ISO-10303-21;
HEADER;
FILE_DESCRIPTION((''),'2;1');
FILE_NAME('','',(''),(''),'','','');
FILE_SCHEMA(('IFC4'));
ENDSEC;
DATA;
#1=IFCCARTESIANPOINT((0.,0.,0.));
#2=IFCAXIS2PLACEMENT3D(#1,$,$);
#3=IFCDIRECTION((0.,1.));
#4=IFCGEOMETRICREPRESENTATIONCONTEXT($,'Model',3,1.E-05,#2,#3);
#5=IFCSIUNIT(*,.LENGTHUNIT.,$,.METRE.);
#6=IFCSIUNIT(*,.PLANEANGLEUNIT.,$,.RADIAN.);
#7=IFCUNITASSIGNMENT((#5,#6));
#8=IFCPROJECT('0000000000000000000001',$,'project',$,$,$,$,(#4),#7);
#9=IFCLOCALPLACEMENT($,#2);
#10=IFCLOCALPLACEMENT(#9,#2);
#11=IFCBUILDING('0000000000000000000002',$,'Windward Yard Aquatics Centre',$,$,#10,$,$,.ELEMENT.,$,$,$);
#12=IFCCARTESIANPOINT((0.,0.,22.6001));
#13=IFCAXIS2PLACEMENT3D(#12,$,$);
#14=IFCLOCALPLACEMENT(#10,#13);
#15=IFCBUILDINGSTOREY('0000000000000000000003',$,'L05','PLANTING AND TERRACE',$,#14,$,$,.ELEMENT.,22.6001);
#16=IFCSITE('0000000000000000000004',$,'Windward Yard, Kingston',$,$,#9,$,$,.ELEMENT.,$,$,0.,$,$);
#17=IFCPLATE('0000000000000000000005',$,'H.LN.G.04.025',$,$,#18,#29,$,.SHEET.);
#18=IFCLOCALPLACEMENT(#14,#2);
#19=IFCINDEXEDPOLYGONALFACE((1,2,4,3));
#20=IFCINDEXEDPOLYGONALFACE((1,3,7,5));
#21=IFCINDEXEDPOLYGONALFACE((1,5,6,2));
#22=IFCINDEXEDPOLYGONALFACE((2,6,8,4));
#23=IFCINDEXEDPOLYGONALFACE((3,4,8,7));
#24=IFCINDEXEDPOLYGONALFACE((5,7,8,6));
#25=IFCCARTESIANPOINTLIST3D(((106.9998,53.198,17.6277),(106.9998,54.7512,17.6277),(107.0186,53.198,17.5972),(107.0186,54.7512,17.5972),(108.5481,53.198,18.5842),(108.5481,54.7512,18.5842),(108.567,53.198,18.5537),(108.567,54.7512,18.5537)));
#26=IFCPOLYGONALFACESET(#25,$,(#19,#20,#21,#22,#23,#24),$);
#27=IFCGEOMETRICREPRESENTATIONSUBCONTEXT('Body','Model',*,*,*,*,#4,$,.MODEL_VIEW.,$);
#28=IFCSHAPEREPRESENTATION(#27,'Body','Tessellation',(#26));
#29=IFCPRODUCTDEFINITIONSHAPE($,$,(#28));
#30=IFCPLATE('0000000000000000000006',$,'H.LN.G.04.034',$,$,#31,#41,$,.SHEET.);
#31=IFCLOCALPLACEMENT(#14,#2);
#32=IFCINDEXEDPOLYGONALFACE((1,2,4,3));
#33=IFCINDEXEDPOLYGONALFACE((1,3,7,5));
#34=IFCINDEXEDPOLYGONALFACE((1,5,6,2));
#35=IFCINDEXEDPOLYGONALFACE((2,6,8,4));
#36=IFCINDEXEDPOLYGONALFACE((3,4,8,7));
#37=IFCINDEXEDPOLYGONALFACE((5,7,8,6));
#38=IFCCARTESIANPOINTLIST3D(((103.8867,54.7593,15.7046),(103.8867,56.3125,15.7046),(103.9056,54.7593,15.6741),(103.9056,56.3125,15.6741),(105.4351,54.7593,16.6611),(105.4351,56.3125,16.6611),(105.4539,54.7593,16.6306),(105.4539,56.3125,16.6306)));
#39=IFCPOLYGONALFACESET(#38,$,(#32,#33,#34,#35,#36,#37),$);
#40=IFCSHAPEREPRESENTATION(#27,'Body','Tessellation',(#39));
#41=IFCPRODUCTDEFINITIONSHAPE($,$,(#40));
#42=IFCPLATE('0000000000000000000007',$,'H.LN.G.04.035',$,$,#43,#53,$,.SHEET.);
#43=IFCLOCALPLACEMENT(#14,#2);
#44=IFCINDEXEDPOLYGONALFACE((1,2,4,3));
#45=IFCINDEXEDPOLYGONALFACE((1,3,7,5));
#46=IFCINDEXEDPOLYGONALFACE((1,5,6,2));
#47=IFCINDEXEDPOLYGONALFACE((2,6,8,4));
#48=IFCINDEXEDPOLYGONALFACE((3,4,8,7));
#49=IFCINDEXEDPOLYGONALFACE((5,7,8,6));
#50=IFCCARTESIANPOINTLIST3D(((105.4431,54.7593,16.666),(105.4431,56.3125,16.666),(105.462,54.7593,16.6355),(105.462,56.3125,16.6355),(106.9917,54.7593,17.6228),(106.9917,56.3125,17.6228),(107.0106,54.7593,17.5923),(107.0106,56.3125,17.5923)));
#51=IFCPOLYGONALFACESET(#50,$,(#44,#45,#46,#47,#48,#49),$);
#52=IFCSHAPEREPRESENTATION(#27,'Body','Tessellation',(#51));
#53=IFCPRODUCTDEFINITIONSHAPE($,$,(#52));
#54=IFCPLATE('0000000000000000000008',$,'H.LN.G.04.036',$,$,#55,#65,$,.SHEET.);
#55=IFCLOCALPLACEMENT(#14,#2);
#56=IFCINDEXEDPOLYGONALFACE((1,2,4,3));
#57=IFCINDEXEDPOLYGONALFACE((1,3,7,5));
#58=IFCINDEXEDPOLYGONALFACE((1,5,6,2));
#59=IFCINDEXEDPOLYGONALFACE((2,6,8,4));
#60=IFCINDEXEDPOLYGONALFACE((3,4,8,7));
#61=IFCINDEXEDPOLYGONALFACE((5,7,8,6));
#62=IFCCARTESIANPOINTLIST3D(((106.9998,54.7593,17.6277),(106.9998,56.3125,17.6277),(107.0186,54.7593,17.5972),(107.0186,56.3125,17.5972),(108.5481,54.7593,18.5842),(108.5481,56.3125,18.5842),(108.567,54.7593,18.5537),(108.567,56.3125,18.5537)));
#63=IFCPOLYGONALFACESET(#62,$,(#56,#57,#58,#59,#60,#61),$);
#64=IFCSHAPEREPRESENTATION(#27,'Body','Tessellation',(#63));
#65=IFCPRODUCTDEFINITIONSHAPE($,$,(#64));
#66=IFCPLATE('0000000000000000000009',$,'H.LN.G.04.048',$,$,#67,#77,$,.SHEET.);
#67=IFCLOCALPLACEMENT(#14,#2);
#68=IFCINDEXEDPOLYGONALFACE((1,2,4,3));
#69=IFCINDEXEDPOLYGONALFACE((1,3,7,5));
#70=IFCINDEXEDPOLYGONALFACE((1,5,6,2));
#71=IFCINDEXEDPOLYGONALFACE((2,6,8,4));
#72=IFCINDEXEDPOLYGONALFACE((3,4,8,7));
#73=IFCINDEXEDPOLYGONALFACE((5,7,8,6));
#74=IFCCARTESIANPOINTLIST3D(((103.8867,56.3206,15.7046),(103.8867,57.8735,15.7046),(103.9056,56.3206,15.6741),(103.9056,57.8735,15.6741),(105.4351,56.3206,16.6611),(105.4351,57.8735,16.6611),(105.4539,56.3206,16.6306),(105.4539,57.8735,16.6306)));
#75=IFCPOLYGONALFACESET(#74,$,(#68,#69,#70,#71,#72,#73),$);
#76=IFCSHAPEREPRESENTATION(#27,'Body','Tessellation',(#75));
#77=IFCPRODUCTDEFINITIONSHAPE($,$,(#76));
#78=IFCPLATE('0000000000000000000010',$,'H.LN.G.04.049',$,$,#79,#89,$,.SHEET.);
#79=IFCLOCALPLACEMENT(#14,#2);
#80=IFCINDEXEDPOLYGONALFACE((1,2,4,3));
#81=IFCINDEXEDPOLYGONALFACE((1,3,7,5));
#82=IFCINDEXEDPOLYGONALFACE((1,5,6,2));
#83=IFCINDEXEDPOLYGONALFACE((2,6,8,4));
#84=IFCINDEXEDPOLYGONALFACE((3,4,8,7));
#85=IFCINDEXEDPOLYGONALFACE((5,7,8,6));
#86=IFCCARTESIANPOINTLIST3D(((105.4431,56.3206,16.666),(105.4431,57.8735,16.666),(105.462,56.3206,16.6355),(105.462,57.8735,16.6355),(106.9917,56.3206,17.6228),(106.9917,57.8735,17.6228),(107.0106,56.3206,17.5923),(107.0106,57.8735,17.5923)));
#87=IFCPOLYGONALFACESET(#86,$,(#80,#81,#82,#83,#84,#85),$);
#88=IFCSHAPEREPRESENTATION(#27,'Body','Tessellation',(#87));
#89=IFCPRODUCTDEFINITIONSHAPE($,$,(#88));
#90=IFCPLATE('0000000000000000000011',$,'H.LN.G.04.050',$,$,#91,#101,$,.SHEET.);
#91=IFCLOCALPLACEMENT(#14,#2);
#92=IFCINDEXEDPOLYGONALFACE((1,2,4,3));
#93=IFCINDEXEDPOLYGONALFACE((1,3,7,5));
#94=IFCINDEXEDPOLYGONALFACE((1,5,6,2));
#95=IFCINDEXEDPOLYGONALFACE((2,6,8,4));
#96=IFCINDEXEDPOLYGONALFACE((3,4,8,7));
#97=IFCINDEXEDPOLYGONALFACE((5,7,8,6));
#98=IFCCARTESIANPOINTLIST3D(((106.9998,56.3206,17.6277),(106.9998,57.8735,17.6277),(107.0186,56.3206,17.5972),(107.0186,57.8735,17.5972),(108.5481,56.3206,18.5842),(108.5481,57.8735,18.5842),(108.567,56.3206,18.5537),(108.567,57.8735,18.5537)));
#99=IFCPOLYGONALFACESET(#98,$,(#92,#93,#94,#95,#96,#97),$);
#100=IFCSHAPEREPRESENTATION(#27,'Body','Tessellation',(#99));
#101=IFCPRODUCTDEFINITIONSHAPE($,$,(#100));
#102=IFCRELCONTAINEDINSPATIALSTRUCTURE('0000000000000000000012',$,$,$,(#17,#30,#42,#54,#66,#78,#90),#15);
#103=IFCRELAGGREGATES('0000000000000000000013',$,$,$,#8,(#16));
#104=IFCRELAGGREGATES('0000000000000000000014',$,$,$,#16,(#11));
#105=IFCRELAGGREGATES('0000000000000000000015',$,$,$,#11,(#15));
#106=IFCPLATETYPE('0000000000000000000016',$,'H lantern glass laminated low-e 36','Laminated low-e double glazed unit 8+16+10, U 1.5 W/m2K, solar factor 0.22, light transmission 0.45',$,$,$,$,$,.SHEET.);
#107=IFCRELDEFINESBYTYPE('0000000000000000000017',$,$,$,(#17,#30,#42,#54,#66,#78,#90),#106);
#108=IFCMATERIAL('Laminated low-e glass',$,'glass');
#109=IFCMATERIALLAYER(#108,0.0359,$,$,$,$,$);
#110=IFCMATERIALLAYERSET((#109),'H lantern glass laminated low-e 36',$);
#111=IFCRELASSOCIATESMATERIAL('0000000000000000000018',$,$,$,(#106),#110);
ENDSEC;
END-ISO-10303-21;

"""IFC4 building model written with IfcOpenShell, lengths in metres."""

from ifc_helpers import new_model, si_unit, direction, frame, origin, place, context, subcontext, project, spatial, polyline, outline, extrude, material, layer, layer_set, type_object, element, save


model = new_model("IFC4")

# Units and contexts
model_context = context("Model", 3, precision=1e-05, world=origin(), true_north=direction((0.0, 1.0)))
body_context = subcontext(model_context, "Body", "Model", "MODEL_VIEW")
ifc_project = project(units=[si_unit("LENGTHUNIT", "METRE"), si_unit("PLANEANGLEUNIT", "RADIAN")], contexts=[model_context])

# Site, building, storey
site_placement = place(None, origin())
site = spatial("IfcSite", under=ifc_project, at=site_placement, Name="Windward Yard, Kingston", CompositionType="ELEMENT", RefElevation=0.0)
building_placement = place(site_placement, origin())
building = spatial("IfcBuilding", under=site, at=building_placement, Name="Windward Yard Aquatics Centre", CompositionType="ELEMENT")
storey_placement = place(building_placement, frame((0.0, 0.0, 22.6001)))
storey = spatial("IfcBuildingStorey", under=building, at=storey_placement, Name="L05", Description="PLANTING AND TERRACE", CompositionType="ELEMENT", Elevation=22.6001)

# Plates
ifc_material_1 = material(Name="Laminated low-e glass", Category="glass")
ifc_layer = layer(ifc_material_1, 0.0359)
ifc_layer_set = layer_set([ifc_layer], Name="H lantern glass laminated low-e 36")
plate_type = type_object("IfcPlateType", Name="H lantern glass laminated low-e 36", Description="Laminated low-e double glazed unit 8+16+10, U 1.5 W/m2K, solar factor 0.22, light transmission 0.45", PredefinedType="SHEET", material=ifc_layer_set)
for number, where, z_axis, x_axis, name in (
    (1, (106.9998, 53.198, 17.6277), (-0.525579, 0.0, 0.850745), (0.0, 1.0, 0.0), "H.LN.G.04.025"),
    (2, (103.8867, 54.7593, 15.7046), (-0.525579, 0.0, 0.850745), (0.0, 1.0, 0.0), "H.LN.G.04.034"),
):
    element("IfcPlate", number, at=place(storey_placement, frame(where, z_axis=z_axis, x_axis=x_axis)), inside=storey, type_object=plate_type, Name=name, PredefinedType="SHEET", context=body_context, shape_type="SweptSolid", body=[
        extrude(outline(polyline([(0.0, 0.0), (1.5532, 0.0), (1.5532, -1.82), (0.0, -1.82), (0.0, 0.0)])), origin(), (0.0, 0.0, -1.0), 0.0359),
    ])
plate_1_placement = place(storey_placement, frame((105.4431, 54.7593, 16.666), z_axis=(-0.525616, 0.0, 0.850722), x_axis=(0.0, 1.0, 0.0)))
element("IfcPlate", 3, at=plate_1_placement, inside=storey, type_object=plate_type, Name="H.LN.G.04.035", PredefinedType="SHEET", context=body_context, shape_type="SweptSolid", body=[
    extrude(outline(polyline([(0.0, 0.0), (1.5532, 0.0), (1.5532, -1.8203), (0.0, -1.8203), (0.0, 0.0)])), origin(), (0.0, 0.0, -1.0), 0.0359),
])
plate_2_placement = place(storey_placement, frame((106.9998, 54.7593, 17.6277), z_axis=(-0.525579, 0.0, 0.850745), x_axis=(0.0, 1.0, 0.0)))
element("IfcPlate", 4, at=plate_2_placement, inside=storey, type_object=plate_type, Name="H.LN.G.04.036", PredefinedType="SHEET", context=body_context, shape_type="SweptSolid", body=[
    extrude(outline(polyline([(0.0, 0.0), (1.5532, 0.0), (1.5532, -1.82), (0.0, -1.82), (0.0, 0.0)])), origin(), (0.0, 0.0, -1.0), 0.0359),
])
plate_3_placement = place(storey_placement, frame((103.8867, 56.3206, 15.7046), z_axis=(-0.525579, 0.0, 0.850745), x_axis=(0.0, 1.0, 0.0)))
element("IfcPlate", 5, at=plate_3_placement, inside=storey, type_object=plate_type, Name="H.LN.G.04.048", PredefinedType="SHEET", context=body_context, shape_type="SweptSolid", body=[
    extrude(outline(polyline([(0.0, 0.0), (1.553, 0.0), (1.553, -1.82), (0.0, -1.82), (0.0, 0.0)])), origin(), (0.0, 0.0, -1.0), 0.0359),
])
plate_4_placement = place(storey_placement, frame((105.4431, 56.3206, 16.666), z_axis=(-0.525616, 0.0, 0.850722), x_axis=(0.0, 1.0, 0.0)))
element("IfcPlate", 6, at=plate_4_placement, inside=storey, type_object=plate_type, Name="H.LN.G.04.049", PredefinedType="SHEET", context=body_context, shape_type="SweptSolid", body=[
    extrude(outline(polyline([(0.0, 0.0), (1.553, 0.0), (1.553, -1.8203), (0.0, -1.8203), (0.0, 0.0)])), origin(), (0.0, 0.0, -1.0), 0.0359),
])
plate_5_placement = place(storey_placement, frame((106.9998, 56.3206, 17.6277), z_axis=(-0.525579, 0.0, 0.850745), x_axis=(0.0, 1.0, 0.0)))
element("IfcPlate", 7, at=plate_5_placement, inside=storey, type_object=plate_type, Name="H.LN.G.04.050", PredefinedType="SHEET", context=body_context, shape_type="SweptSolid", body=[
    extrude(outline(polyline([(0.0, 0.0), (1.553, 0.0), (1.553, -1.82), (0.0, -1.82), (0.0, 0.0)])), origin(), (0.0, 0.0, -1.0), 0.0359),
])

save(model, "model.ifc")
